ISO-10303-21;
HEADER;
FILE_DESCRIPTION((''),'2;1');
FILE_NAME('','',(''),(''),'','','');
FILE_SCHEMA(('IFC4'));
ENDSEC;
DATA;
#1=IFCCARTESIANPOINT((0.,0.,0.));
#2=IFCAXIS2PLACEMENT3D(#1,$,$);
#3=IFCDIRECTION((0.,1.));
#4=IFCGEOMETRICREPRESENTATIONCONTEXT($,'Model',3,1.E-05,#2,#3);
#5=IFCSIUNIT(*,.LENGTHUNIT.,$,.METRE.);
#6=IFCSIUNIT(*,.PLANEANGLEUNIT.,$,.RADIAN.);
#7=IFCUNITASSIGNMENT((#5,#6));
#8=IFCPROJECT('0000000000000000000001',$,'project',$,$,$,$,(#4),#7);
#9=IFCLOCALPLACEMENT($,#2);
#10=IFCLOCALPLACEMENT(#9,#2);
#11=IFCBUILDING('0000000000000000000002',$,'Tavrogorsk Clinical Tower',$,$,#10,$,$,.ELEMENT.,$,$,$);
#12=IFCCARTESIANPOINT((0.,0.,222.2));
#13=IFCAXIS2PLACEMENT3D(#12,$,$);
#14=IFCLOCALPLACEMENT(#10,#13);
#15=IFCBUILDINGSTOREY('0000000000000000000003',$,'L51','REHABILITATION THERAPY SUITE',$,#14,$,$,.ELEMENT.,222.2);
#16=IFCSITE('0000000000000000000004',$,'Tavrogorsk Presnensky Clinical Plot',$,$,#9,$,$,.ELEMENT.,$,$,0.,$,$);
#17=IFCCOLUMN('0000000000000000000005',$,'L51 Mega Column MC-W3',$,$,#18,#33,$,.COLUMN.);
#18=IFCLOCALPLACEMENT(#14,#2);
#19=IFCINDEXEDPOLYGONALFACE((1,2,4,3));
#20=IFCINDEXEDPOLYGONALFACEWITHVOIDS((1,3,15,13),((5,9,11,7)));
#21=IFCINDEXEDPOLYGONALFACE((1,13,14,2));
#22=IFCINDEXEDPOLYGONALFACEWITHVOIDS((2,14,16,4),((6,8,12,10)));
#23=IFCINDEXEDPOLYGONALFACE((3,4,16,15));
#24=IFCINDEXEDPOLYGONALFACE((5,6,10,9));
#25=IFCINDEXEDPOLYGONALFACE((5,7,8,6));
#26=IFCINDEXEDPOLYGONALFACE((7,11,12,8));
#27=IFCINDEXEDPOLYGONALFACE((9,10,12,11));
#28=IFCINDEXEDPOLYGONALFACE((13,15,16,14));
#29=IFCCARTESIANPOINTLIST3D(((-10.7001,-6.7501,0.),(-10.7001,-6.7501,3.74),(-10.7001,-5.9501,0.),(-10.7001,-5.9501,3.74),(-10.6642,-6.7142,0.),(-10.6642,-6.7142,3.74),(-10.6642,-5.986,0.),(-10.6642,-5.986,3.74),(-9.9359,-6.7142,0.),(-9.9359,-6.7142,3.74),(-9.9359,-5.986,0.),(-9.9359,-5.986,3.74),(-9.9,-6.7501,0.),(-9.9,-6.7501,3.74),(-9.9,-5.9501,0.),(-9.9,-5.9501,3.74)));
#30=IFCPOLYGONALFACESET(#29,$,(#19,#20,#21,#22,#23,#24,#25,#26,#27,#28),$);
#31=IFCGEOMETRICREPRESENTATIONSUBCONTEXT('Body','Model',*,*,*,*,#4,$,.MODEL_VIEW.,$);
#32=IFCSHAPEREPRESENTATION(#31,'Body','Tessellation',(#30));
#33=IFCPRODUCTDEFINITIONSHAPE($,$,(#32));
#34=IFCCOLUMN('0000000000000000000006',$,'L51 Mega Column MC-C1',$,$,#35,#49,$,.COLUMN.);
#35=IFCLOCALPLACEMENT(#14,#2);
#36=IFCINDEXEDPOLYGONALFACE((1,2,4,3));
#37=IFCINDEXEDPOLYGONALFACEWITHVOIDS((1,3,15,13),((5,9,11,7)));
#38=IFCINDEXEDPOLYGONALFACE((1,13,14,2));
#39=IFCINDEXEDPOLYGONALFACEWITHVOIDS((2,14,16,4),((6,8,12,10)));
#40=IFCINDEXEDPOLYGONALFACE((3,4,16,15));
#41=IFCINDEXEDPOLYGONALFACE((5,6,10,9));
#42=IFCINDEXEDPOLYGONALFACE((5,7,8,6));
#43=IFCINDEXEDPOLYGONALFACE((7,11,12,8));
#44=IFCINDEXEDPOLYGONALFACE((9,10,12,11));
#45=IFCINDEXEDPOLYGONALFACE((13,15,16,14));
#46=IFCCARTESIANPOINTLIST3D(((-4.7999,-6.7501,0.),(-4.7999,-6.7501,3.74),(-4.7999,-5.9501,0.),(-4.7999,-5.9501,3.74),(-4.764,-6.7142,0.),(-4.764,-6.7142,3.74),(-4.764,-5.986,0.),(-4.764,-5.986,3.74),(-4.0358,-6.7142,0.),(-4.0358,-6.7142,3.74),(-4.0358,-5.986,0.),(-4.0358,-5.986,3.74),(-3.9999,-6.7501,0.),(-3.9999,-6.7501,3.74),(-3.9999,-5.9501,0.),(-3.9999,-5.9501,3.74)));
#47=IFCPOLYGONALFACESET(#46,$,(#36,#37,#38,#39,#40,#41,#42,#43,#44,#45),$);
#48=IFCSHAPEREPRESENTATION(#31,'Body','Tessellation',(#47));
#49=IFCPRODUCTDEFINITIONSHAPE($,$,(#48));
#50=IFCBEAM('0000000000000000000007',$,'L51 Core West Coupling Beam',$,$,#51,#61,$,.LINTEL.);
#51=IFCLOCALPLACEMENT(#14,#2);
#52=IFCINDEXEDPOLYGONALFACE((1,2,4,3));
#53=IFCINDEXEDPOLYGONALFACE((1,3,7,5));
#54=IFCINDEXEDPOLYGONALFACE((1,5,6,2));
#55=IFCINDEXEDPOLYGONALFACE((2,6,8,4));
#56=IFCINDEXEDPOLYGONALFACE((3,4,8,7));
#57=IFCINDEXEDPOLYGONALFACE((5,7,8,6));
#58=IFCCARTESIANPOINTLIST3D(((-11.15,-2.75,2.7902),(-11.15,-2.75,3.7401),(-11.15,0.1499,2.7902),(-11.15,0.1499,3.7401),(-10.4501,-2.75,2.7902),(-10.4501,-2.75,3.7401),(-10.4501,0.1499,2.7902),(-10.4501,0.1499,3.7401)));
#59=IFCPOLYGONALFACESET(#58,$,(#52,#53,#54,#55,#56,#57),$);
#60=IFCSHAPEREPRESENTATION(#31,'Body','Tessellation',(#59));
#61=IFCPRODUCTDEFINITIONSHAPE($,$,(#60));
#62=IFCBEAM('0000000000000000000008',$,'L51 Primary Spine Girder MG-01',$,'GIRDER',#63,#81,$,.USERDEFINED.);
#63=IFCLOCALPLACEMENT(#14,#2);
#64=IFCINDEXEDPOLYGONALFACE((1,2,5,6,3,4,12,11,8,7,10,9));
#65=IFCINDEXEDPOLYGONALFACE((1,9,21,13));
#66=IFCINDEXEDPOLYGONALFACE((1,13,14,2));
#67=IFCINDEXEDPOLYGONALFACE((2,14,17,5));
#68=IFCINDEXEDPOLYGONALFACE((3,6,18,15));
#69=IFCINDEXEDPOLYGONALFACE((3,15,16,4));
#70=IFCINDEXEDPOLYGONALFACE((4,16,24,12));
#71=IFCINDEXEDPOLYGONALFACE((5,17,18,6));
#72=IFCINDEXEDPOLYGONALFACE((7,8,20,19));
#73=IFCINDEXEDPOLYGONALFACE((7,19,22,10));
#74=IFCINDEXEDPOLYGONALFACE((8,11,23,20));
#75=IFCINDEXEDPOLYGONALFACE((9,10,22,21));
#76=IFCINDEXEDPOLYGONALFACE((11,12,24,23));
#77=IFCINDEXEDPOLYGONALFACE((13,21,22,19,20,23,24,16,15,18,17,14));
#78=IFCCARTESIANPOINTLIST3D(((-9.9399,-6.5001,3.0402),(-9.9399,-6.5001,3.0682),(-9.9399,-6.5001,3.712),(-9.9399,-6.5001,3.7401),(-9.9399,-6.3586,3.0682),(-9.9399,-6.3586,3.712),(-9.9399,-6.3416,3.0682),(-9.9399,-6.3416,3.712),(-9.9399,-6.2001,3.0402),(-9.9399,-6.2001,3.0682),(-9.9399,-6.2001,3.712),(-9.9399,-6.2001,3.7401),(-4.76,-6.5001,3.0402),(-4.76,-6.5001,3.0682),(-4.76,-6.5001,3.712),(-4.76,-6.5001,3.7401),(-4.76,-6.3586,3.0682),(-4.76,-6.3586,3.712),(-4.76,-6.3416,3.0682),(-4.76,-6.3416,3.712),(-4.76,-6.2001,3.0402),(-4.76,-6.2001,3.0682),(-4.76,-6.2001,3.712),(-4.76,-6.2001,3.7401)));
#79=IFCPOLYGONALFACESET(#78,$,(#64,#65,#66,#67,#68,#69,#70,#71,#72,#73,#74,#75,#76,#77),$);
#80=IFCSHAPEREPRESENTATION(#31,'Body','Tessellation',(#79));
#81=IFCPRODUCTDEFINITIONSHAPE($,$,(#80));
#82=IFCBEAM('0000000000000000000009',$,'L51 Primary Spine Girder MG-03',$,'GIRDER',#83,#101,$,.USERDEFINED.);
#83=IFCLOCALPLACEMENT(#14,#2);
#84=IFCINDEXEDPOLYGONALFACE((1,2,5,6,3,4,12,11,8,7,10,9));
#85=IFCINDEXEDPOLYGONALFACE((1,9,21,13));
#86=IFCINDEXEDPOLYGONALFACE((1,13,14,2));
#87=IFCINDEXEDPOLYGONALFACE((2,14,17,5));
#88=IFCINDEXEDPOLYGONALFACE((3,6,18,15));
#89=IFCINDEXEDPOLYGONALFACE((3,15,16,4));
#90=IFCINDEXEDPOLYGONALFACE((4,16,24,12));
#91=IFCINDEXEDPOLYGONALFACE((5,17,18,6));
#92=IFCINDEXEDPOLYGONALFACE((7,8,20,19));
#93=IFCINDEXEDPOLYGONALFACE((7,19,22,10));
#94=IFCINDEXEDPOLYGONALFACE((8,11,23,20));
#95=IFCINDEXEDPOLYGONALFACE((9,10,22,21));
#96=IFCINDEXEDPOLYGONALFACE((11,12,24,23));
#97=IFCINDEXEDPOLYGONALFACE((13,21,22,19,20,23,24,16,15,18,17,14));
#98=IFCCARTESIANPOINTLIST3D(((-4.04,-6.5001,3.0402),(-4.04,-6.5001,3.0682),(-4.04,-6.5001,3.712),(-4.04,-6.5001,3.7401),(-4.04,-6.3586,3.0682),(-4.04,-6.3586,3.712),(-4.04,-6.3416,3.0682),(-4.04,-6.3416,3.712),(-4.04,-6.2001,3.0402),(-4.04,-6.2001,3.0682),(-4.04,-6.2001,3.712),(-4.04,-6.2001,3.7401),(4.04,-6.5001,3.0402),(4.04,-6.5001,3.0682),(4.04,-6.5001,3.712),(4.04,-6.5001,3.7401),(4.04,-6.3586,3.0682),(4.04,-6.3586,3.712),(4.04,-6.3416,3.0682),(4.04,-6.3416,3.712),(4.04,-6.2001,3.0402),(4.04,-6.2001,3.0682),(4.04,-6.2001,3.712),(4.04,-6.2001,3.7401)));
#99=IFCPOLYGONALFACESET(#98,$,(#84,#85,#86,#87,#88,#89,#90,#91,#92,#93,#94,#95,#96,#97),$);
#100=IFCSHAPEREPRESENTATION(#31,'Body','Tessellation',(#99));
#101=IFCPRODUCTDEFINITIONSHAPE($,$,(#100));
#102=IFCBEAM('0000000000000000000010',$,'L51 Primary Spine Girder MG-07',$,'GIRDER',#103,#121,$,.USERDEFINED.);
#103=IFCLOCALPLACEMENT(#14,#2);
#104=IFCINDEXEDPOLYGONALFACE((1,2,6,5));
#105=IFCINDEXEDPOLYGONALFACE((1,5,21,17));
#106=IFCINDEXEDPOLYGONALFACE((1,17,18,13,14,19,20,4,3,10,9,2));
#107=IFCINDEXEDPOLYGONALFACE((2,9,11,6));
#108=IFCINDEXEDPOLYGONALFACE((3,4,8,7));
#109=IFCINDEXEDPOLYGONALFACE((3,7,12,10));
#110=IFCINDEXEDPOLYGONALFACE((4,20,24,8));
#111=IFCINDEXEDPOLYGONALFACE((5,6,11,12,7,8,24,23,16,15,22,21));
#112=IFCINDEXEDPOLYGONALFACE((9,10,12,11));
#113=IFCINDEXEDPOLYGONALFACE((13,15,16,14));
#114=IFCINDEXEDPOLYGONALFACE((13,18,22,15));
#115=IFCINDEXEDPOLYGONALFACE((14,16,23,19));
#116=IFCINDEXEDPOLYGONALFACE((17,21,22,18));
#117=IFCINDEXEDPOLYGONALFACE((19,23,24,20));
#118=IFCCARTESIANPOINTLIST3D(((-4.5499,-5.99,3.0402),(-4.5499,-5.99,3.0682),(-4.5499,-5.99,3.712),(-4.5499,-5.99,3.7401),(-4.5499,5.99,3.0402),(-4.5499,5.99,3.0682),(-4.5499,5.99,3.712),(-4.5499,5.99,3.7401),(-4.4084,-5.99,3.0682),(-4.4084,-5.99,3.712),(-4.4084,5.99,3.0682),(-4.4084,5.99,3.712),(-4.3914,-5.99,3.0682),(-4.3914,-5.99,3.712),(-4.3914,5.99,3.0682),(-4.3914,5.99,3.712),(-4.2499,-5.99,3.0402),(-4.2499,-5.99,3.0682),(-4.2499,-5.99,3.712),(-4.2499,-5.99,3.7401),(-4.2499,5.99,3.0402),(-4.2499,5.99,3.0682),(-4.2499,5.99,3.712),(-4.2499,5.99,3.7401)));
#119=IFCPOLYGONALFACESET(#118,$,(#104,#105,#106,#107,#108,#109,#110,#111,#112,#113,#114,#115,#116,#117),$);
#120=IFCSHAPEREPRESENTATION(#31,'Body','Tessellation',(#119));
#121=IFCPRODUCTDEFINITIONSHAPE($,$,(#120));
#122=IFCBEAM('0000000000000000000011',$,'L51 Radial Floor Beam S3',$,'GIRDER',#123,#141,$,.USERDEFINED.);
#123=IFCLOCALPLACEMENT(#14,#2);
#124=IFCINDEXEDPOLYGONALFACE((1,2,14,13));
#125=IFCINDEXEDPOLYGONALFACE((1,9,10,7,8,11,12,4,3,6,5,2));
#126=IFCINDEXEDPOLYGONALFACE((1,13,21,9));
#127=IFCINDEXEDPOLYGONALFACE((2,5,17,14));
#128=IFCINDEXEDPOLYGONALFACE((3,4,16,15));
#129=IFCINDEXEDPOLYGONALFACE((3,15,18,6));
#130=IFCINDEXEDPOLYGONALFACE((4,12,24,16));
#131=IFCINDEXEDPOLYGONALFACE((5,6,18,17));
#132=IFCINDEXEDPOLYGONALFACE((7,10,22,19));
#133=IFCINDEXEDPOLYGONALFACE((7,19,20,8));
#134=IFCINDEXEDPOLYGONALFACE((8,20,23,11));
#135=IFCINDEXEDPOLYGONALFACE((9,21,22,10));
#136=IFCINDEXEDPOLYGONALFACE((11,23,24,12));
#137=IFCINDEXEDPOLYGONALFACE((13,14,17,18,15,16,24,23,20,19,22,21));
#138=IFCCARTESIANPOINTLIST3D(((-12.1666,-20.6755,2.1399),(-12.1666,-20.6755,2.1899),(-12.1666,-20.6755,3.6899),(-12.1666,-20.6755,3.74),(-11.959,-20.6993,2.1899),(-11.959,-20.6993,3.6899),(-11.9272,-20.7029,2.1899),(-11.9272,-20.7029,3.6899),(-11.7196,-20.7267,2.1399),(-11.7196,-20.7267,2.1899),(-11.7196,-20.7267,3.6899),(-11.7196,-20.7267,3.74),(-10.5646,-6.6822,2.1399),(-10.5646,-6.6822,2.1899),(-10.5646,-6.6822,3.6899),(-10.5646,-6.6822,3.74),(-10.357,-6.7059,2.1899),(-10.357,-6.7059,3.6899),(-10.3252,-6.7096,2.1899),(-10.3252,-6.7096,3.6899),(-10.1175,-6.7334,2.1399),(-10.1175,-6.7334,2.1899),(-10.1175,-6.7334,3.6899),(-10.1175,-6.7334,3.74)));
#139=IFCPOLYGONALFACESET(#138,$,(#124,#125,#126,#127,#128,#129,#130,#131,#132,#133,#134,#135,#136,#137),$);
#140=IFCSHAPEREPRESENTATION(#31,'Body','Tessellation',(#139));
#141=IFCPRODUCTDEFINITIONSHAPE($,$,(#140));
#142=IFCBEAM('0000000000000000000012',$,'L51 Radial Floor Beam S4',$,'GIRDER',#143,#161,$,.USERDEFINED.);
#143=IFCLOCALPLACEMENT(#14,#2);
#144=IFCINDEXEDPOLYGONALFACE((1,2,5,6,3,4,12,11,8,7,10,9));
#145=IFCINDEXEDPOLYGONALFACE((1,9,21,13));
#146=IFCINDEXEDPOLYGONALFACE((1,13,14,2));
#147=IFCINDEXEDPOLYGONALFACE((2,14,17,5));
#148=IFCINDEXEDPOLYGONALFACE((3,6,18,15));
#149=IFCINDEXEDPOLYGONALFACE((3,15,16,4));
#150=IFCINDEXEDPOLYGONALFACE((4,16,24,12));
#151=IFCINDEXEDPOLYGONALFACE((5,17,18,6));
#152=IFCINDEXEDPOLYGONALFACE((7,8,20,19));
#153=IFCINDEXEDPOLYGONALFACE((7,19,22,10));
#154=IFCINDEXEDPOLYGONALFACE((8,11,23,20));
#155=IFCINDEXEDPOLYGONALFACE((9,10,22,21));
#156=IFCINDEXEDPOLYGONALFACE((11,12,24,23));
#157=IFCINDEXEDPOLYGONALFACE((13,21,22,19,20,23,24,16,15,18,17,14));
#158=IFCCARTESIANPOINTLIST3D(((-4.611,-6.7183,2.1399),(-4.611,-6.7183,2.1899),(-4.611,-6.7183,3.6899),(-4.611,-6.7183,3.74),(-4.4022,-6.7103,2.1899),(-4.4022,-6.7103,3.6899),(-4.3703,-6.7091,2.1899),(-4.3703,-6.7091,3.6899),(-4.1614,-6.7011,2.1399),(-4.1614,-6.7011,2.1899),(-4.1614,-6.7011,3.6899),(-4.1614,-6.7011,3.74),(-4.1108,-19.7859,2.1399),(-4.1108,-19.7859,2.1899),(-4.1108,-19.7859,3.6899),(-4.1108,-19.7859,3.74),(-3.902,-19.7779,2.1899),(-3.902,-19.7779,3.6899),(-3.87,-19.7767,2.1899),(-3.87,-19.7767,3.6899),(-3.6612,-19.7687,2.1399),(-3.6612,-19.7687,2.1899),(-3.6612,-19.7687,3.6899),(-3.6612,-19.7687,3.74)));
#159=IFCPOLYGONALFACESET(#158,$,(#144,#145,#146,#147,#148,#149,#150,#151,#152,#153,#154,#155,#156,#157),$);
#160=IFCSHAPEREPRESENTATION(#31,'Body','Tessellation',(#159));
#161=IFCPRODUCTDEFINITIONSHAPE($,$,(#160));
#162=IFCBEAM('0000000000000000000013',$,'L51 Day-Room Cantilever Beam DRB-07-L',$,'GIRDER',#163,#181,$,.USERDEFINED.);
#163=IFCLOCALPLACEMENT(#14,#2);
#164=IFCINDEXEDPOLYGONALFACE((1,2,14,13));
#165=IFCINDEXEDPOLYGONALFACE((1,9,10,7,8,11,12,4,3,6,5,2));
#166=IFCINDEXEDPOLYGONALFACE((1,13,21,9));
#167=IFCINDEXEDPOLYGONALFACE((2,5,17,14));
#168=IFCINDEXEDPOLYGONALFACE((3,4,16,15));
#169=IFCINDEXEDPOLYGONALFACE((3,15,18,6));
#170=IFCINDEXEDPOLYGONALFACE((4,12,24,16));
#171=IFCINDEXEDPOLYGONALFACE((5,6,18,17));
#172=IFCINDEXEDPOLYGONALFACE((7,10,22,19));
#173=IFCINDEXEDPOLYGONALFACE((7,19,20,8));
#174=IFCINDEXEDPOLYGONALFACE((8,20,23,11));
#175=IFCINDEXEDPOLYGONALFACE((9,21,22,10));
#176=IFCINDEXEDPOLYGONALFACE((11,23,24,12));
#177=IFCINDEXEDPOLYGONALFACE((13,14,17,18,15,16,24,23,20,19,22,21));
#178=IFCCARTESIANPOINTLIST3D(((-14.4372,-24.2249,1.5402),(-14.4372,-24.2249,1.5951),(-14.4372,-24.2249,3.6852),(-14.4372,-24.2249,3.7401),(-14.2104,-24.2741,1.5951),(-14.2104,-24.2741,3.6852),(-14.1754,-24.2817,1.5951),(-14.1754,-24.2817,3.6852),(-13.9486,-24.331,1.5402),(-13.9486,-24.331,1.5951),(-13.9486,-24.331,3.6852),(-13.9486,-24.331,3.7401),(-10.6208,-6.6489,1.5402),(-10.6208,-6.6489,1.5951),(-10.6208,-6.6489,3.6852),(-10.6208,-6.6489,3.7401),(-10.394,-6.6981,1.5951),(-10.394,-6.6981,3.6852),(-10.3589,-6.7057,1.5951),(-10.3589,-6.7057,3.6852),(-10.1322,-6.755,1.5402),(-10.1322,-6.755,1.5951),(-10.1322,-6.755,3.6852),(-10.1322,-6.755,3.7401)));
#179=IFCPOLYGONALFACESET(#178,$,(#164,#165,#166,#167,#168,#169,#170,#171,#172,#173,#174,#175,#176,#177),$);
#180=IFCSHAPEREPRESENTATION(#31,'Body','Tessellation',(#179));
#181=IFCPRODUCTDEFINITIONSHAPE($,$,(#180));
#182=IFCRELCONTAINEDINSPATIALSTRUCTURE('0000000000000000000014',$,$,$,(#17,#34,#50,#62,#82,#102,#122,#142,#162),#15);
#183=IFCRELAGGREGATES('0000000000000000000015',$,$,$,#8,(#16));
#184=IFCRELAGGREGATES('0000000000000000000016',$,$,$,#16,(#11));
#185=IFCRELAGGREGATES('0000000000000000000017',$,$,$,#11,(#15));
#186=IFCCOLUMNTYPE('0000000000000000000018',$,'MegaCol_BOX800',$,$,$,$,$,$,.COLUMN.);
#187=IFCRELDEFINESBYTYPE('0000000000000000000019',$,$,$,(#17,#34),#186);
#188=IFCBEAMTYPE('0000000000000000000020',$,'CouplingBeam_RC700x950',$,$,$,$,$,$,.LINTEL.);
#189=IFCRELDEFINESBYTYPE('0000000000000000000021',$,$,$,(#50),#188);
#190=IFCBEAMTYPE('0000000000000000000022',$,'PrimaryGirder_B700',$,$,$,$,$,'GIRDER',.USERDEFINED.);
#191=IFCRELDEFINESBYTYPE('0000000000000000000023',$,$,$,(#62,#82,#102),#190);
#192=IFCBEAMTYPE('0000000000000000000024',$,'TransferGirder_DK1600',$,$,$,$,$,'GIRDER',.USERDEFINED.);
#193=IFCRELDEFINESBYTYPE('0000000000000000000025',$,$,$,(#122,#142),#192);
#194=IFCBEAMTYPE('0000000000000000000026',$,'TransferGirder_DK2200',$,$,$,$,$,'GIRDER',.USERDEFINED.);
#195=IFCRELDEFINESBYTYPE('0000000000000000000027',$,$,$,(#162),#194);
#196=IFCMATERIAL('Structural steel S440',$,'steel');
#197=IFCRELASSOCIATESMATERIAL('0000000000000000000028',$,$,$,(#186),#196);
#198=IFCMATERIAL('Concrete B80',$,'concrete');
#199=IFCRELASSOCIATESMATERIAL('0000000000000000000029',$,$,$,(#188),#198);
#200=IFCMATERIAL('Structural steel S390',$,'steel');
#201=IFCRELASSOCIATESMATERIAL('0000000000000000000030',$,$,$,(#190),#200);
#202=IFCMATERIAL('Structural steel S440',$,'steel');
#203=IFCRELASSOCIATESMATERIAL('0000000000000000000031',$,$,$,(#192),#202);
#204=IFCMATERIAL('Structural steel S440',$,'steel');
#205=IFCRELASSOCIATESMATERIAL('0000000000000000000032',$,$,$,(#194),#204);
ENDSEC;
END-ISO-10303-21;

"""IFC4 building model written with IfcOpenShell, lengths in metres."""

from ifc_helpers import new_model, si_unit, direction, frame, origin, origin_2d, place, context, subcontext, project, spatial, rectangle, hollow_rectangle, i_section, extrude, material, material_profile, profile_set, type_object, element, save


model = new_model("IFC4")

# Units and contexts
model_context = context("Model", 3, precision=1e-05, world=origin(), true_north=direction((0.0, 1.0)))
body_context = subcontext(model_context, "Body", "Model", "MODEL_VIEW")
ifc_project = project(units=[si_unit("LENGTHUNIT", "METRE"), si_unit("PLANEANGLEUNIT", "RADIAN")], contexts=[model_context])

# Site, building, storey
site_placement = place(None, origin())
site = spatial("IfcSite", under=ifc_project, at=site_placement, Name="Tavrogorsk Presnensky Clinical Plot", CompositionType="ELEMENT", RefElevation=0.0)
building_placement = place(site_placement, origin())
building = spatial("IfcBuilding", under=site, at=building_placement, Name="Tavrogorsk Clinical Tower", CompositionType="ELEMENT")
storey_placement = place(building_placement, frame((0.0, 0.0, 222.2)))
storey = spatial("IfcBuildingStorey", under=building, at=storey_placement, Name="L51", Description="REHABILITATION THERAPY SUITE", CompositionType="ELEMENT", Elevation=222.2)

# Columns
ifc_material_1 = material(Name="Structural steel S440", Category="steel")
ifc_material_profile_1 = material_profile(ifc_material_1, hollow_rectangle(XDim=0.8, YDim=0.8, WallThickness=0.0359, at=origin_2d()), Name="BOX-800x800x36")
ifc_profile_set_1 = profile_set([ifc_material_profile_1], Name="Structural steel S440")
column_type = type_object("IfcColumnType", Name="MegaCol_BOX800", PredefinedType="COLUMN", material=ifc_profile_set_1)
for number, where, z_axis, x_axis, name in (
    (1, (-10.3, -6.3501, 0.0), (0.0, 0.0, 1.0), (1.0, 0.0, 0.0), "L51 Mega Column MC-W3"),
    (2, (-4.3999, -6.3501, 0.0), (0.0, 0.0, 1.0), (1.0, 0.0, 0.0), "L51 Mega Column MC-C1"),
):
    element("IfcColumn", number, at=place(storey_placement, frame(where, z_axis=z_axis, x_axis=x_axis)), inside=storey, type_object=column_type, Name=name, PredefinedType="COLUMN", context=body_context, shape_type="SweptSolid", body=[
        extrude(hollow_rectangle(XDim=0.8, YDim=0.8, WallThickness=0.0359, at=origin_2d()), origin(), (0.0, 0.0, 1.0), 3.74),
    ])

# Beams
ifc_material_2 = material(Name="Concrete B80", Category="concrete")
ifc_material_profile_2 = material_profile(ifc_material_2, rectangle(XDim=0.7, YDim=0.95, at=origin_2d()), Name="RC-CB-700x950")
ifc_profile_set_2 = profile_set([ifc_material_profile_2], Name="Concrete B80")
beam_type_1 = type_object("IfcBeamType", Name="CouplingBeam_RC700x950", PredefinedType="LINTEL", material=ifc_profile_set_2)
beam_1_placement = place(storey_placement, frame((-10.8, -2.75, 3.2651), z_axis=(0.0, 1.0, 0.0), x_axis=(-1.0, 0.0, 0.0)))
element("IfcBeam", 3, at=beam_1_placement, inside=storey, type_object=beam_type_1, Name="L51 Core West Coupling Beam", PredefinedType="LINTEL", context=body_context, shape_type="SweptSolid", body=[
    extrude(rectangle(XDim=0.7, YDim=0.95, at=origin_2d()), origin(), (0.0, 0.0, 1.0), 2.8999),
])
ifc_material_3 = material(Name="Structural steel S390", Category="steel")
ifc_material_profile_3 = material_profile(ifc_material_3, i_section(OverallWidth=0.3, OverallDepth=0.7, WebThickness=0.0171, FlangeThickness=0.0281, at=origin_2d()), Name="B-700x300x17x28")
ifc_profile_set_3 = profile_set([ifc_material_profile_3], Name="Structural steel S390")
beam_type_2 = type_object("IfcBeamType", Name="PrimaryGirder_B700", ElementType="GIRDER", PredefinedType="USERDEFINED", material=ifc_profile_set_3)
beam_2_placement = place(storey_placement, frame((-9.9399, -6.3501, 3.3901), z_axis=(1.0, 0.0, 0.0), x_axis=(0.0, 1.0, 0.0)))
element("IfcBeam", 4, at=beam_2_placement, inside=storey, type_object=beam_type_2, Name="L51 Primary Spine Girder MG-01", ObjectType="GIRDER", PredefinedType="USERDEFINED", context=body_context, shape_type="SweptSolid", body=[
    extrude(i_section(OverallWidth=0.3, OverallDepth=0.7, WebThickness=0.0171, FlangeThickness=0.0281, at=origin_2d()), origin(), (0.0, 0.0, 1.0), 5.1799),
])
beam_3_placement = place(storey_placement, frame((-4.04, -6.3501, 3.3901), z_axis=(1.0, 0.0, 0.0), x_axis=(0.0, 1.0, 0.0)))
element("IfcBeam", 5, at=beam_3_placement, inside=storey, type_object=beam_type_2, Name="L51 Primary Spine Girder MG-03", ObjectType="GIRDER", PredefinedType="USERDEFINED", context=body_context, shape_type="SweptSolid", body=[
    extrude(i_section(OverallWidth=0.3, OverallDepth=0.7, WebThickness=0.0171, FlangeThickness=0.0281, at=origin_2d()), origin(), (0.0, 0.0, 1.0), 8.0801),
])
beam_4_placement = place(storey_placement, frame((-4.3999, -5.99, 3.3901), z_axis=(0.0, 1.0, 0.0), x_axis=(-1.0, 0.0, 0.0)))
element("IfcBeam", 6, at=beam_4_placement, inside=storey, type_object=beam_type_2, Name="L51 Primary Spine Girder MG-07", ObjectType="GIRDER", PredefinedType="USERDEFINED", context=body_context, shape_type="SweptSolid", body=[
    extrude(i_section(OverallWidth=0.3, OverallDepth=0.7, WebThickness=0.0171, FlangeThickness=0.0281, at=origin_2d()), origin(), (0.0, 0.0, 1.0), 11.98),
])
ifc_material_4 = material(Name="Structural steel S440", Category="steel")
ifc_material_profile_4 = material_profile(ifc_material_4, i_section(OverallWidth=0.45, OverallDepth=1.6001, WebThickness=0.032, FlangeThickness=0.05, at=origin_2d()), Name="DK-1600x450x32x50")
ifc_profile_set_4 = profile_set([ifc_material_profile_4], Name="Structural steel S440")
beam_type_3 = type_object("IfcBeamType", Name="TransferGirder_DK1600", ElementType="GIRDER", PredefinedType="USERDEFINED", material=ifc_profile_set_4)
beam_5_placement = place(storey_placement, frame((-10.3411, -6.7078, 2.9399), z_axis=(-0.113743, -0.99351, 0.0), x_axis=(0.99351, -0.113743, 0.0)))
element("IfcBeam", 7, at=beam_5_placement, inside=storey, type_object=beam_type_3, Name="L51 Radial Floor Beam S3", ObjectType="GIRDER", PredefinedType="USERDEFINED", context=body_context, shape_type="SweptSolid", body=[
    extrude(i_section(OverallWidth=0.45, OverallDepth=1.6001, WebThickness=0.032, FlangeThickness=0.05, at=origin_2d()), origin(), (0.0, 0.0, 1.0), 14.0847),
])
beam_6_placement = place(storey_placement, frame((-4.3862, -6.7097, 2.9399), z_axis=(0.038253, -0.999268, 0.0), x_axis=(0.999268, 0.038253, 0.0)))
element("IfcBeam", 8, at=beam_6_placement, inside=storey, type_object=beam_type_3, Name="L51 Radial Floor Beam S4", ObjectType="GIRDER", PredefinedType="USERDEFINED", context=body_context, shape_type="SweptSolid", body=[
    extrude(i_section(OverallWidth=0.45, OverallDepth=1.6001, WebThickness=0.032, FlangeThickness=0.05, at=origin_2d()), origin(), (0.0, 0.0, 1.0), 13.0771),
])
ifc_material_5 = material(Name="Structural steel S440", Category="steel")
ifc_material_profile_5 = material_profile(ifc_material_5, i_section(OverallWidth=0.5, OverallDepth=2.2, WebThickness=0.0359, FlangeThickness=0.0549, at=origin_2d()), Name="DK-2200x500x36x55")
ifc_profile_set_5 = profile_set([ifc_material_profile_5], Name="Structural steel S440")
beam_type_4 = type_object("IfcBeamType", Name="TransferGirder_DK2200", ElementType="GIRDER", PredefinedType="USERDEFINED", material=ifc_profile_set_5)
beam_7_placement = place(storey_placement, frame((-10.3765, -6.7019, 2.6401), z_axis=(-0.212194, -0.977228, 0.0), x_axis=(0.977228, -0.212194, 0.0)))
element("IfcBeam", 9, at=beam_7_placement, inside=storey, type_object=beam_type_4, Name="L51 Day-Room Cantilever Beam DRB-07-L", ObjectType="GIRDER", PredefinedType="USERDEFINED", context=body_context, shape_type="SweptSolid", body=[
    extrude(i_section(OverallWidth=0.5, OverallDepth=2.2, WebThickness=0.0359, FlangeThickness=0.0549, at=origin_2d()), origin(), (0.0, 0.0, 1.0), 17.9856),
])

save(model, "model.ifc")
